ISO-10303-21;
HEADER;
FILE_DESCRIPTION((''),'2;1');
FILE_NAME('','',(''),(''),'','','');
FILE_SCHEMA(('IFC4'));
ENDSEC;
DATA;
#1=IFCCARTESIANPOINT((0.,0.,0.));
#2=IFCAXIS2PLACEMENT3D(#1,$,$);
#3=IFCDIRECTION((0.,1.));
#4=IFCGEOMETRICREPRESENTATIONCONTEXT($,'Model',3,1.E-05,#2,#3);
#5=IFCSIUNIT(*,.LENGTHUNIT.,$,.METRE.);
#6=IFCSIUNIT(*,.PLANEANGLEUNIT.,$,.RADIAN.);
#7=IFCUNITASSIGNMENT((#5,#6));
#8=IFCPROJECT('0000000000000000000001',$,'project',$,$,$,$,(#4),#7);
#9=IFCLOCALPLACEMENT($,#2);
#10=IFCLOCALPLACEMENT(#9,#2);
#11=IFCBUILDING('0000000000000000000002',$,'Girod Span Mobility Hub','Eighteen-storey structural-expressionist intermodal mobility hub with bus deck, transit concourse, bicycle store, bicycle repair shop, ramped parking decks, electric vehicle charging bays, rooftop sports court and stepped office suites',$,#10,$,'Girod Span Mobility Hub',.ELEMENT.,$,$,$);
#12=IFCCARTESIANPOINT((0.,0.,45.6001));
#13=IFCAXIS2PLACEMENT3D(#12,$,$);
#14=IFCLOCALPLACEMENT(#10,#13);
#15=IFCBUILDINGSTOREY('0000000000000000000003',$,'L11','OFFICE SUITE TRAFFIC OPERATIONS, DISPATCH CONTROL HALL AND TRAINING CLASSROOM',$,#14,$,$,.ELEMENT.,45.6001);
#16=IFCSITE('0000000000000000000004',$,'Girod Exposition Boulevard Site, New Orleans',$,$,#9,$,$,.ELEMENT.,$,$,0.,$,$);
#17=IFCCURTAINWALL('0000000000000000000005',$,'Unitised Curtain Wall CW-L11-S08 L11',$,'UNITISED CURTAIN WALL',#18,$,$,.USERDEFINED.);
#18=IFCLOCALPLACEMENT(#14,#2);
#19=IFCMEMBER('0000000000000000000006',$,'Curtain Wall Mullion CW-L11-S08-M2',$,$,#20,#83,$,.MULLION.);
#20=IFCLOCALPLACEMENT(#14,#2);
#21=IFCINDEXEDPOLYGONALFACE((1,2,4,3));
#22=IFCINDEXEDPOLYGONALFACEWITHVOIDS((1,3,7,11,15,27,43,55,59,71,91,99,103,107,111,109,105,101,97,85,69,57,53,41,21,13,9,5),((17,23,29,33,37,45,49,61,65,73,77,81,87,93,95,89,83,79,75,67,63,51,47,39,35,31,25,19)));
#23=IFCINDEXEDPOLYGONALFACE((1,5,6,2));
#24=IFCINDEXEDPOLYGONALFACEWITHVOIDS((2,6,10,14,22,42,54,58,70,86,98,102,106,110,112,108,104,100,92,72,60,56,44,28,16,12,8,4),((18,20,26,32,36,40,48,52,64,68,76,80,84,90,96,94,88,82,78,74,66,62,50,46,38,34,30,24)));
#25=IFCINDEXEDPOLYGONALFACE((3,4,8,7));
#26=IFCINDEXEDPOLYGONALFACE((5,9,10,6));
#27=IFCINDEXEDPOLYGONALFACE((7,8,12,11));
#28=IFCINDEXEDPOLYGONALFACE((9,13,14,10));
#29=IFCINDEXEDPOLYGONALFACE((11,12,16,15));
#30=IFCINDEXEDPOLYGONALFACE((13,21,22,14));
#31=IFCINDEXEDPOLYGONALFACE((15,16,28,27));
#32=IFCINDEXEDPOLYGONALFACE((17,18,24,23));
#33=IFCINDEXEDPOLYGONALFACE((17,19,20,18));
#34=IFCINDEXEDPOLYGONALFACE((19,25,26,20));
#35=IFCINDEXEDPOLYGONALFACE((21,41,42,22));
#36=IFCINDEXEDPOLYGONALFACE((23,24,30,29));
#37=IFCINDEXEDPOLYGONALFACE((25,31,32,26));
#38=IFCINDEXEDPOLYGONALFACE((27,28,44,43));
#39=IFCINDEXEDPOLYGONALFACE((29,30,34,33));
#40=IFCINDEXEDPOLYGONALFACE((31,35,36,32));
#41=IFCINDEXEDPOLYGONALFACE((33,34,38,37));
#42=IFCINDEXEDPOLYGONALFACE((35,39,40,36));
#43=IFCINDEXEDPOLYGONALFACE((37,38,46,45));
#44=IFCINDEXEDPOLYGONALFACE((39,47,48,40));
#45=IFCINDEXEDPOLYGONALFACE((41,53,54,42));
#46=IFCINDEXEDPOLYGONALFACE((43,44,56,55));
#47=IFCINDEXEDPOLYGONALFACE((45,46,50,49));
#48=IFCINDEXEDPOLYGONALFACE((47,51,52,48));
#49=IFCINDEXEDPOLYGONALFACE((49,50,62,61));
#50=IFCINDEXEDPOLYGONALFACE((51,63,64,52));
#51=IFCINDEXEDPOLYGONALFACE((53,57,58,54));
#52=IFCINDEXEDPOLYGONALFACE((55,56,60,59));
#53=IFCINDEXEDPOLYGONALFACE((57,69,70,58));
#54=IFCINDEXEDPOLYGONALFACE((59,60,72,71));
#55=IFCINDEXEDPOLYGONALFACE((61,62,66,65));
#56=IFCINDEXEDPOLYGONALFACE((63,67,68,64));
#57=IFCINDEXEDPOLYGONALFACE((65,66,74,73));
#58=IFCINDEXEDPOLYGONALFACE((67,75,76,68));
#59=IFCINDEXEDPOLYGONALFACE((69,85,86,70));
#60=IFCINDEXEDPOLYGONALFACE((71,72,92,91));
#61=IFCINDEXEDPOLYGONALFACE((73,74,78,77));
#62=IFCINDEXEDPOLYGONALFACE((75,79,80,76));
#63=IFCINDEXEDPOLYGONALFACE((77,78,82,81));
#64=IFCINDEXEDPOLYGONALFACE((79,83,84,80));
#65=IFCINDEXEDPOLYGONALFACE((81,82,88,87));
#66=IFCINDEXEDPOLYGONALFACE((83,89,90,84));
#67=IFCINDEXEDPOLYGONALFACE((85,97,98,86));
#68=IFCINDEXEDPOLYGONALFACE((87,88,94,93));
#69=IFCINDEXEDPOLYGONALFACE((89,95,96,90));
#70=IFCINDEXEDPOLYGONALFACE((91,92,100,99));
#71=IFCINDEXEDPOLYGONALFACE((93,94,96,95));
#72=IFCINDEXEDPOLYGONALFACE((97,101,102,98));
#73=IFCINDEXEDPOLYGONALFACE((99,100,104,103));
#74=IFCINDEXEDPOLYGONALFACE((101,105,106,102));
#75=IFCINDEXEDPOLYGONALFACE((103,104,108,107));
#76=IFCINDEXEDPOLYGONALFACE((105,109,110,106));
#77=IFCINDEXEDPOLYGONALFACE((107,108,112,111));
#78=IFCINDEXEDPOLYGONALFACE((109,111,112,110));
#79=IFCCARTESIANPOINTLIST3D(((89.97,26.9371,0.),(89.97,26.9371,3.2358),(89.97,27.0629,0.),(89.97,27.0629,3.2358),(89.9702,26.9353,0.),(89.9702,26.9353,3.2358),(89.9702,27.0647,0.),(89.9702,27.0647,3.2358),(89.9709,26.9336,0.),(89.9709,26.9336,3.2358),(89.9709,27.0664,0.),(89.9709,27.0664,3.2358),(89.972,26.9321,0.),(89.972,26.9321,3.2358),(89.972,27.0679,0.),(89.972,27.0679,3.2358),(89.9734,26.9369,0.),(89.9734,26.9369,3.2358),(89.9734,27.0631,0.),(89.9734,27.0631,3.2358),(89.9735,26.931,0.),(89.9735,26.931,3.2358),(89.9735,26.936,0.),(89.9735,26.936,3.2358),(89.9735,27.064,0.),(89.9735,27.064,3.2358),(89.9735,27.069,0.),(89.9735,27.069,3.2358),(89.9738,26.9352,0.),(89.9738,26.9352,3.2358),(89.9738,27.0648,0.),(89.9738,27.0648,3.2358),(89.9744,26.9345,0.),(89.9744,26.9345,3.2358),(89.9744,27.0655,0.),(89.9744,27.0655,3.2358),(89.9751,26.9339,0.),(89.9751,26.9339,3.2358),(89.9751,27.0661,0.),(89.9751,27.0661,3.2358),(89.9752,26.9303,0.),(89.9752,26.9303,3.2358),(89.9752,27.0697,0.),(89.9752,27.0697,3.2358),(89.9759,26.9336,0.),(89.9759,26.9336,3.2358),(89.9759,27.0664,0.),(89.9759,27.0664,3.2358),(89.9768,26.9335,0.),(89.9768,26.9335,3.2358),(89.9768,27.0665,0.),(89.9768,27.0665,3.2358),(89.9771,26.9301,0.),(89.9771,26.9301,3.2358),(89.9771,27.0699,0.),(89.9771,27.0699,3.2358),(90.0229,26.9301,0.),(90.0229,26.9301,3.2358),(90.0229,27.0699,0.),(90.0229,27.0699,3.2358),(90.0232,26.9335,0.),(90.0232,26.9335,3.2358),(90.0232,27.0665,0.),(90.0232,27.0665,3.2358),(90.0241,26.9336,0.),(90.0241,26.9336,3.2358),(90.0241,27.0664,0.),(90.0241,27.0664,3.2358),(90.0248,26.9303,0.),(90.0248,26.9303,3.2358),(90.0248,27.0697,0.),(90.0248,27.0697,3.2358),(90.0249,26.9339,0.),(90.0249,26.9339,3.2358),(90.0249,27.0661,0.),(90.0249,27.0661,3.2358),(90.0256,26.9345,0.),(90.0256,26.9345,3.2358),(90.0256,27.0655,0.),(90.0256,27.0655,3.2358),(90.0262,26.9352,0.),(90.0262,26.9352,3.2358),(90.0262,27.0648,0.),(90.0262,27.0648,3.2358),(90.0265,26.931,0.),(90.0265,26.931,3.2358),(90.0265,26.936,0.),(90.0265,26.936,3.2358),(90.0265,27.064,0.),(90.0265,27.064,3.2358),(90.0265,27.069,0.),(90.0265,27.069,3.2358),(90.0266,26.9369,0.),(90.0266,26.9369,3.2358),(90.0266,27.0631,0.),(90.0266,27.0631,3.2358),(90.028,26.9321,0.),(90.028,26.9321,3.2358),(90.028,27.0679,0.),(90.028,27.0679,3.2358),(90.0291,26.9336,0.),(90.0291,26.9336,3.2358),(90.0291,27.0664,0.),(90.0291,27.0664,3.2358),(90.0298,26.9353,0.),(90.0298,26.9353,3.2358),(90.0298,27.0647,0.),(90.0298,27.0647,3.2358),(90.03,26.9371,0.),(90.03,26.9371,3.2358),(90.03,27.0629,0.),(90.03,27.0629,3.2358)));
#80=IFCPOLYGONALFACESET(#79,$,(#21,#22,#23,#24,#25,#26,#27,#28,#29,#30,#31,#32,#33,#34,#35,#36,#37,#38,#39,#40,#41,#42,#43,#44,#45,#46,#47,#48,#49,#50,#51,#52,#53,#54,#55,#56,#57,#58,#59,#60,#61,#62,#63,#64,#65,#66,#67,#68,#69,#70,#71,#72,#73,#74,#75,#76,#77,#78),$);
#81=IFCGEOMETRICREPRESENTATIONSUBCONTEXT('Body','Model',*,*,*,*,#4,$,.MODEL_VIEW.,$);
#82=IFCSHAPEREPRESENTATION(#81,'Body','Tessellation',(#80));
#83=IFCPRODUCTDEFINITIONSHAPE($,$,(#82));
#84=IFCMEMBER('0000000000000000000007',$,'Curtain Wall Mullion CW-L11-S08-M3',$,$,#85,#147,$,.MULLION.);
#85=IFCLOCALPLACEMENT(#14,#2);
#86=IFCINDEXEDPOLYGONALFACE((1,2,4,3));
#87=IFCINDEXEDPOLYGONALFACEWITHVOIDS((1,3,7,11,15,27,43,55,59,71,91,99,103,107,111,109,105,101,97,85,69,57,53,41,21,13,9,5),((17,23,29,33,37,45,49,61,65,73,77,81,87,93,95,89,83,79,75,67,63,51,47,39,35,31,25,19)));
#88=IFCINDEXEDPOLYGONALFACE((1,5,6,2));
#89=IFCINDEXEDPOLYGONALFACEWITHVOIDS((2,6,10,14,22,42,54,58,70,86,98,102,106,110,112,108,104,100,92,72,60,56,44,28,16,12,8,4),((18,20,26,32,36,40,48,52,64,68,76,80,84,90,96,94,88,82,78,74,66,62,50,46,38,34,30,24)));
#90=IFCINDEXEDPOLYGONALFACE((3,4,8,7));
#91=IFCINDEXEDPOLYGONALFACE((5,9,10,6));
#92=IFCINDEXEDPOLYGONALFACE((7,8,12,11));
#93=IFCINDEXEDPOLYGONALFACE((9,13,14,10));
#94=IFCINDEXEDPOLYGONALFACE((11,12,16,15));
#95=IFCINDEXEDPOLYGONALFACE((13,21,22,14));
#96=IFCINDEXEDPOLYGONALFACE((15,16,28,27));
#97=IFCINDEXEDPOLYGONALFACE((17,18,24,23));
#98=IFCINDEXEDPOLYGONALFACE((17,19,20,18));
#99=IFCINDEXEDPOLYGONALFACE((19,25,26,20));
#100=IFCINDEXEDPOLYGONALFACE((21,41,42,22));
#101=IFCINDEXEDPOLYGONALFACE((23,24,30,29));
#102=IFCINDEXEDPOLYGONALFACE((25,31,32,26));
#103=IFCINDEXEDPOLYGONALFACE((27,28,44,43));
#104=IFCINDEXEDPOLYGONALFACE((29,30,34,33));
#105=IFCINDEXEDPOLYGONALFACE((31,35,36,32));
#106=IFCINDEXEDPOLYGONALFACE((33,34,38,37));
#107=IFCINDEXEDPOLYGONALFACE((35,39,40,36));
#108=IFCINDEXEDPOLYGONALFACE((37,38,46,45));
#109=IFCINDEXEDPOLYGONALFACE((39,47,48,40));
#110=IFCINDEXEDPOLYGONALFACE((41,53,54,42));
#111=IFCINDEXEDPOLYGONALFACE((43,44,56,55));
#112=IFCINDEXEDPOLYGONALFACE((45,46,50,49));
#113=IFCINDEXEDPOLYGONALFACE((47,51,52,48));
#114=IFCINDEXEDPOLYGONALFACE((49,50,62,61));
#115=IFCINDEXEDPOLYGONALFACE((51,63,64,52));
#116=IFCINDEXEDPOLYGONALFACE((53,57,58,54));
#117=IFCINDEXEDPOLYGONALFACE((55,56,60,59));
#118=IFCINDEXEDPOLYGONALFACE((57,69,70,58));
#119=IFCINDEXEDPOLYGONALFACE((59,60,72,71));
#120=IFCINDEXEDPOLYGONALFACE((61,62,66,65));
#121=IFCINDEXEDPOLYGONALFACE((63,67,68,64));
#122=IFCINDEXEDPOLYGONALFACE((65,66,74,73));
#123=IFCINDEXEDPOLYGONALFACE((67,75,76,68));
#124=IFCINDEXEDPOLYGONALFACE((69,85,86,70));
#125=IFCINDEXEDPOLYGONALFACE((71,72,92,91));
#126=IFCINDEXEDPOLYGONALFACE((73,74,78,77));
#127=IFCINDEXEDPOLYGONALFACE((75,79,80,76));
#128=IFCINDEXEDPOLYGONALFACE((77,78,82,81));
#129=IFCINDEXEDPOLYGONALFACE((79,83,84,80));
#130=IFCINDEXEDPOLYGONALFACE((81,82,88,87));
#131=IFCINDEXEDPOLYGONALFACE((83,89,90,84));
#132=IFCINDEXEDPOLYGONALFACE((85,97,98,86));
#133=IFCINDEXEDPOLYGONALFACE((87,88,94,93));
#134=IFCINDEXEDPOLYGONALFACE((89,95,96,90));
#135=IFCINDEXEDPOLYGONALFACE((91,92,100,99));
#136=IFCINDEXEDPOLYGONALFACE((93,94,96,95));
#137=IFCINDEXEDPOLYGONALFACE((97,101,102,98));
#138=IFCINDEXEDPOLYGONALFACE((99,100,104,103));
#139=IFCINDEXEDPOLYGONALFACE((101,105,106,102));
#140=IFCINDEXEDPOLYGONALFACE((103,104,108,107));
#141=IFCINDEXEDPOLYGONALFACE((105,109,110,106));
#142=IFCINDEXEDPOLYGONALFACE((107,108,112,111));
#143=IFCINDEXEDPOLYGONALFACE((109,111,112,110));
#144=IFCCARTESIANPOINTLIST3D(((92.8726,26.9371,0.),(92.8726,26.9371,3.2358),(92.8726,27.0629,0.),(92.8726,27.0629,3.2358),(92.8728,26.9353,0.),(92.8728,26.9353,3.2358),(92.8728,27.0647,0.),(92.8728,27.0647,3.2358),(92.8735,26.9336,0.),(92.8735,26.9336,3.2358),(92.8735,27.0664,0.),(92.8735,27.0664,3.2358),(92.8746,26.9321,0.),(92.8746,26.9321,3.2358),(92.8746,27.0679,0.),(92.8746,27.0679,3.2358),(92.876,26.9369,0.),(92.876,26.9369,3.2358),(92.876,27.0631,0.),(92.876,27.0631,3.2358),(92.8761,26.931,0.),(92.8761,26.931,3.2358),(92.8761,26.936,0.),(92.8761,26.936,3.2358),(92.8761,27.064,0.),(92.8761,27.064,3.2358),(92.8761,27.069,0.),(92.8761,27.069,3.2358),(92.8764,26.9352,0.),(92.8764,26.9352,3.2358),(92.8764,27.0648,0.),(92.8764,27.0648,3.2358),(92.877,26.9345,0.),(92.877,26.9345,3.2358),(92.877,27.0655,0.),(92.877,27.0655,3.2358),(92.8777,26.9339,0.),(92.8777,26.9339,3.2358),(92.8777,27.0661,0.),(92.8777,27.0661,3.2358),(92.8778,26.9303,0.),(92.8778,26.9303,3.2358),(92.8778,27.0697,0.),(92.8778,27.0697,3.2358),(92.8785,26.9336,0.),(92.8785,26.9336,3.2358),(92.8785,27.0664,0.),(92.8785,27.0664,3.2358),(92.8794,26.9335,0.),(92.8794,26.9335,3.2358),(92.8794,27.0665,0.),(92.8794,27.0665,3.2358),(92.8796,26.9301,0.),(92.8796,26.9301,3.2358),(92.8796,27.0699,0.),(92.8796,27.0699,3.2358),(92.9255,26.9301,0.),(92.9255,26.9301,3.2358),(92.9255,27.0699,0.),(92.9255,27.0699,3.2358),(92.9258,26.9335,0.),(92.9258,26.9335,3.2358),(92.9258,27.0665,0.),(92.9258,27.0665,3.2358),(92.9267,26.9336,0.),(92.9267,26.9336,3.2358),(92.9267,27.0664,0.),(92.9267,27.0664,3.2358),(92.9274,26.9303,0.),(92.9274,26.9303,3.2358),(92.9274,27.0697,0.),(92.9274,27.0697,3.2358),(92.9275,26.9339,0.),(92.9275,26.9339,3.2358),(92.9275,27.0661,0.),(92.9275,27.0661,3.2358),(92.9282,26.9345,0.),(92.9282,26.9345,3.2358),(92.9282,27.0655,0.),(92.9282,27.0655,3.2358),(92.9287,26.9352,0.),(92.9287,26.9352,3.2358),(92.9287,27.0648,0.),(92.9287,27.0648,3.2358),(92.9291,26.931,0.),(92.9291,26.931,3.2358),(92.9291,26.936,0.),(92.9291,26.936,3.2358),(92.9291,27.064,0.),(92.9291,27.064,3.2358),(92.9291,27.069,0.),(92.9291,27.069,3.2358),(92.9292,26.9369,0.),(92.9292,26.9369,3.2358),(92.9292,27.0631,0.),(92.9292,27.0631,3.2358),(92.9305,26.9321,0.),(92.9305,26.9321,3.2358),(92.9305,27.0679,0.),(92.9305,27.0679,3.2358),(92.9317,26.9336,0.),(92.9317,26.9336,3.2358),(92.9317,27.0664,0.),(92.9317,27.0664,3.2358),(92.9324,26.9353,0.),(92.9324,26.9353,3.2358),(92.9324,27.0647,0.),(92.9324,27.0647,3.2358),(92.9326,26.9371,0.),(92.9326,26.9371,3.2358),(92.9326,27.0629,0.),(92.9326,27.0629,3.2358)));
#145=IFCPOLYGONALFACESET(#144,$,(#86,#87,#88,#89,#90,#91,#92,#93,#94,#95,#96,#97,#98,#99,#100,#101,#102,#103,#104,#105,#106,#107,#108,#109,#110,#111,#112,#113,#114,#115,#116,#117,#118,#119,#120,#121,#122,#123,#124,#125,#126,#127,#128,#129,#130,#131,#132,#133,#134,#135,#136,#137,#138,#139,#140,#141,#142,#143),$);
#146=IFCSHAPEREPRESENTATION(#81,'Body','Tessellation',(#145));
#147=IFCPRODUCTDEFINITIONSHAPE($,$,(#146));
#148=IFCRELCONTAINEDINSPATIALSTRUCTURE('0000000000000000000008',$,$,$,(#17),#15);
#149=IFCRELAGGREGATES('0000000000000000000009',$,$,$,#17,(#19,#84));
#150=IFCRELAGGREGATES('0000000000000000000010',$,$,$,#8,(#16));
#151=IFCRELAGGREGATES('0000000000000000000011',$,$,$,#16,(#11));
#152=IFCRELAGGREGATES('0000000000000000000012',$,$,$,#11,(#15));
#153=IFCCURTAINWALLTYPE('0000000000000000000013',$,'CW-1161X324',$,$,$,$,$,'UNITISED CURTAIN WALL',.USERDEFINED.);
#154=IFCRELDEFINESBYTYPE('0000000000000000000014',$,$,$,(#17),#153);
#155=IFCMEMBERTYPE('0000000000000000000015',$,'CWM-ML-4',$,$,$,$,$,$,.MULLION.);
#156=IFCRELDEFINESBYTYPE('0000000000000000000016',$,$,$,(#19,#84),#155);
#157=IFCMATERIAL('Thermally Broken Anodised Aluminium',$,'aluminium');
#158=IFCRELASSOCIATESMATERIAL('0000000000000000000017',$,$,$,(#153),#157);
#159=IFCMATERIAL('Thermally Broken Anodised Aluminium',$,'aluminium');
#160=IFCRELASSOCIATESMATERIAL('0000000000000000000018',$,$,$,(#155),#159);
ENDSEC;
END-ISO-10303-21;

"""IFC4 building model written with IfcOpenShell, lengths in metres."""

from ifc_helpers import new_model, si_unit, direction, frame, origin, origin_2d, place, context, subcontext, project, spatial, hollow_rectangle, extrude, material, material_profile, profile_set, type_object, element, aggregate, save


model = new_model("IFC4")

# Units and contexts
model_context = context("Model", 3, precision=1e-05, world=origin(), true_north=direction((0.0, 1.0)))
body_context = subcontext(model_context, "Body", "Model", "MODEL_VIEW")
ifc_project = project(units=[si_unit("LENGTHUNIT", "METRE"), si_unit("PLANEANGLEUNIT", "RADIAN")], contexts=[model_context])

# Site, building, storey
site_placement = place(None, origin())
site = spatial("IfcSite", under=ifc_project, at=site_placement, Name="Girod Exposition Boulevard Site, New Orleans", CompositionType="ELEMENT", RefElevation=0.0)
building_placement = place(site_placement, origin())
building = spatial("IfcBuilding", under=site, at=building_placement, Name="Girod Span Mobility Hub", Description="Eighteen-storey structural-expressionist intermodal mobility hub with bus deck, transit concourse, bicycle store, bicycle repair shop, ramped parking decks, electric vehicle charging bays, rooftop sports court and stepped office suites", LongName="Girod Span Mobility Hub", CompositionType="ELEMENT")
storey_placement = place(building_placement, frame((0.0, 0.0, 45.6001)))
storey = spatial("IfcBuildingStorey", under=building, at=storey_placement, Name="L11", Description="OFFICE SUITE TRAFFIC OPERATIONS, DISPATCH CONTROL HALL AND TRAINING CLASSROOM", CompositionType="ELEMENT", Elevation=45.6001)

# Curtain wall, members
ifc_material_1 = material(Name="Thermally Broken Anodised Aluminium", Category="aluminium")
curtain_wall_type = type_object("IfcCurtainWallType", Name="CW-1161X324", ElementType="UNITISED CURTAIN WALL", PredefinedType="USERDEFINED", material=ifc_material_1)
curtain_wall_placement = place(storey_placement, origin())
curtain_wall = element("IfcCurtainWall", 1, at=curtain_wall_placement, inside=storey, type_object=curtain_wall_type, Name="Unitised Curtain Wall CW-L11-S08 L11", ObjectType="UNITISED CURTAIN WALL", PredefinedType="USERDEFINED")
ifc_material_2 = material(Name="Thermally Broken Anodised Aluminium", Category="aluminium")
ifc_material_profile_1 = material_profile(ifc_material_2, hollow_rectangle(XDim=0.1399, YDim=0.0601, WallThickness=0.0034, InnerFilletRadius=0.0034, OuterFilletRadius=0.0071, at=origin_2d()), Name="CW-ML-60X140")
ifc_profile_set_1 = profile_set([ifc_material_profile_1], Name="Thermally Broken Anodised Aluminium")
member_type_1 = type_object("IfcMemberType", Name="CWM-ML-4", PredefinedType="MULLION", material=ifc_profile_set_1)
member_1_placement = place(storey_placement, frame((90.0, 27.0, 0.0), z_axis=(0.0, 0.0, 1.0), x_axis=(0.0, 1.0, 0.0)))
member_1 = element("IfcMember", 2, at=member_1_placement, type_object=member_type_1, Name="Curtain Wall Mullion CW-L11-S08-M2", PredefinedType="MULLION", context=body_context, shape_type="SweptSolid", body=[
    extrude(hollow_rectangle(XDim=0.1399, YDim=0.0601, WallThickness=0.0034, InnerFilletRadius=0.0034, OuterFilletRadius=0.0071, at=origin_2d()), origin(), (0.0, 0.0, 1.0), 3.2358),
])
member_2_placement = place(storey_placement, frame((92.9026, 27.0, 0.0), z_axis=(0.0, 0.0, 1.0), x_axis=(0.0, 1.0, 0.0)))
member_2 = element("IfcMember", 3, at=member_2_placement, type_object=member_type_1, Name="Curtain Wall Mullion CW-L11-S08-M3", PredefinedType="MULLION", context=body_context, shape_type="SweptSolid", body=[
    extrude(hollow_rectangle(XDim=0.1399, YDim=0.0601, WallThickness=0.0034, InnerFilletRadius=0.0034, OuterFilletRadius=0.0071, at=origin_2d()), origin(), (0.0, 0.0, 1.0), 3.2358),
])

aggregate(curtain_wall, [member_1, member_2])

save(model, "model.ifc")
